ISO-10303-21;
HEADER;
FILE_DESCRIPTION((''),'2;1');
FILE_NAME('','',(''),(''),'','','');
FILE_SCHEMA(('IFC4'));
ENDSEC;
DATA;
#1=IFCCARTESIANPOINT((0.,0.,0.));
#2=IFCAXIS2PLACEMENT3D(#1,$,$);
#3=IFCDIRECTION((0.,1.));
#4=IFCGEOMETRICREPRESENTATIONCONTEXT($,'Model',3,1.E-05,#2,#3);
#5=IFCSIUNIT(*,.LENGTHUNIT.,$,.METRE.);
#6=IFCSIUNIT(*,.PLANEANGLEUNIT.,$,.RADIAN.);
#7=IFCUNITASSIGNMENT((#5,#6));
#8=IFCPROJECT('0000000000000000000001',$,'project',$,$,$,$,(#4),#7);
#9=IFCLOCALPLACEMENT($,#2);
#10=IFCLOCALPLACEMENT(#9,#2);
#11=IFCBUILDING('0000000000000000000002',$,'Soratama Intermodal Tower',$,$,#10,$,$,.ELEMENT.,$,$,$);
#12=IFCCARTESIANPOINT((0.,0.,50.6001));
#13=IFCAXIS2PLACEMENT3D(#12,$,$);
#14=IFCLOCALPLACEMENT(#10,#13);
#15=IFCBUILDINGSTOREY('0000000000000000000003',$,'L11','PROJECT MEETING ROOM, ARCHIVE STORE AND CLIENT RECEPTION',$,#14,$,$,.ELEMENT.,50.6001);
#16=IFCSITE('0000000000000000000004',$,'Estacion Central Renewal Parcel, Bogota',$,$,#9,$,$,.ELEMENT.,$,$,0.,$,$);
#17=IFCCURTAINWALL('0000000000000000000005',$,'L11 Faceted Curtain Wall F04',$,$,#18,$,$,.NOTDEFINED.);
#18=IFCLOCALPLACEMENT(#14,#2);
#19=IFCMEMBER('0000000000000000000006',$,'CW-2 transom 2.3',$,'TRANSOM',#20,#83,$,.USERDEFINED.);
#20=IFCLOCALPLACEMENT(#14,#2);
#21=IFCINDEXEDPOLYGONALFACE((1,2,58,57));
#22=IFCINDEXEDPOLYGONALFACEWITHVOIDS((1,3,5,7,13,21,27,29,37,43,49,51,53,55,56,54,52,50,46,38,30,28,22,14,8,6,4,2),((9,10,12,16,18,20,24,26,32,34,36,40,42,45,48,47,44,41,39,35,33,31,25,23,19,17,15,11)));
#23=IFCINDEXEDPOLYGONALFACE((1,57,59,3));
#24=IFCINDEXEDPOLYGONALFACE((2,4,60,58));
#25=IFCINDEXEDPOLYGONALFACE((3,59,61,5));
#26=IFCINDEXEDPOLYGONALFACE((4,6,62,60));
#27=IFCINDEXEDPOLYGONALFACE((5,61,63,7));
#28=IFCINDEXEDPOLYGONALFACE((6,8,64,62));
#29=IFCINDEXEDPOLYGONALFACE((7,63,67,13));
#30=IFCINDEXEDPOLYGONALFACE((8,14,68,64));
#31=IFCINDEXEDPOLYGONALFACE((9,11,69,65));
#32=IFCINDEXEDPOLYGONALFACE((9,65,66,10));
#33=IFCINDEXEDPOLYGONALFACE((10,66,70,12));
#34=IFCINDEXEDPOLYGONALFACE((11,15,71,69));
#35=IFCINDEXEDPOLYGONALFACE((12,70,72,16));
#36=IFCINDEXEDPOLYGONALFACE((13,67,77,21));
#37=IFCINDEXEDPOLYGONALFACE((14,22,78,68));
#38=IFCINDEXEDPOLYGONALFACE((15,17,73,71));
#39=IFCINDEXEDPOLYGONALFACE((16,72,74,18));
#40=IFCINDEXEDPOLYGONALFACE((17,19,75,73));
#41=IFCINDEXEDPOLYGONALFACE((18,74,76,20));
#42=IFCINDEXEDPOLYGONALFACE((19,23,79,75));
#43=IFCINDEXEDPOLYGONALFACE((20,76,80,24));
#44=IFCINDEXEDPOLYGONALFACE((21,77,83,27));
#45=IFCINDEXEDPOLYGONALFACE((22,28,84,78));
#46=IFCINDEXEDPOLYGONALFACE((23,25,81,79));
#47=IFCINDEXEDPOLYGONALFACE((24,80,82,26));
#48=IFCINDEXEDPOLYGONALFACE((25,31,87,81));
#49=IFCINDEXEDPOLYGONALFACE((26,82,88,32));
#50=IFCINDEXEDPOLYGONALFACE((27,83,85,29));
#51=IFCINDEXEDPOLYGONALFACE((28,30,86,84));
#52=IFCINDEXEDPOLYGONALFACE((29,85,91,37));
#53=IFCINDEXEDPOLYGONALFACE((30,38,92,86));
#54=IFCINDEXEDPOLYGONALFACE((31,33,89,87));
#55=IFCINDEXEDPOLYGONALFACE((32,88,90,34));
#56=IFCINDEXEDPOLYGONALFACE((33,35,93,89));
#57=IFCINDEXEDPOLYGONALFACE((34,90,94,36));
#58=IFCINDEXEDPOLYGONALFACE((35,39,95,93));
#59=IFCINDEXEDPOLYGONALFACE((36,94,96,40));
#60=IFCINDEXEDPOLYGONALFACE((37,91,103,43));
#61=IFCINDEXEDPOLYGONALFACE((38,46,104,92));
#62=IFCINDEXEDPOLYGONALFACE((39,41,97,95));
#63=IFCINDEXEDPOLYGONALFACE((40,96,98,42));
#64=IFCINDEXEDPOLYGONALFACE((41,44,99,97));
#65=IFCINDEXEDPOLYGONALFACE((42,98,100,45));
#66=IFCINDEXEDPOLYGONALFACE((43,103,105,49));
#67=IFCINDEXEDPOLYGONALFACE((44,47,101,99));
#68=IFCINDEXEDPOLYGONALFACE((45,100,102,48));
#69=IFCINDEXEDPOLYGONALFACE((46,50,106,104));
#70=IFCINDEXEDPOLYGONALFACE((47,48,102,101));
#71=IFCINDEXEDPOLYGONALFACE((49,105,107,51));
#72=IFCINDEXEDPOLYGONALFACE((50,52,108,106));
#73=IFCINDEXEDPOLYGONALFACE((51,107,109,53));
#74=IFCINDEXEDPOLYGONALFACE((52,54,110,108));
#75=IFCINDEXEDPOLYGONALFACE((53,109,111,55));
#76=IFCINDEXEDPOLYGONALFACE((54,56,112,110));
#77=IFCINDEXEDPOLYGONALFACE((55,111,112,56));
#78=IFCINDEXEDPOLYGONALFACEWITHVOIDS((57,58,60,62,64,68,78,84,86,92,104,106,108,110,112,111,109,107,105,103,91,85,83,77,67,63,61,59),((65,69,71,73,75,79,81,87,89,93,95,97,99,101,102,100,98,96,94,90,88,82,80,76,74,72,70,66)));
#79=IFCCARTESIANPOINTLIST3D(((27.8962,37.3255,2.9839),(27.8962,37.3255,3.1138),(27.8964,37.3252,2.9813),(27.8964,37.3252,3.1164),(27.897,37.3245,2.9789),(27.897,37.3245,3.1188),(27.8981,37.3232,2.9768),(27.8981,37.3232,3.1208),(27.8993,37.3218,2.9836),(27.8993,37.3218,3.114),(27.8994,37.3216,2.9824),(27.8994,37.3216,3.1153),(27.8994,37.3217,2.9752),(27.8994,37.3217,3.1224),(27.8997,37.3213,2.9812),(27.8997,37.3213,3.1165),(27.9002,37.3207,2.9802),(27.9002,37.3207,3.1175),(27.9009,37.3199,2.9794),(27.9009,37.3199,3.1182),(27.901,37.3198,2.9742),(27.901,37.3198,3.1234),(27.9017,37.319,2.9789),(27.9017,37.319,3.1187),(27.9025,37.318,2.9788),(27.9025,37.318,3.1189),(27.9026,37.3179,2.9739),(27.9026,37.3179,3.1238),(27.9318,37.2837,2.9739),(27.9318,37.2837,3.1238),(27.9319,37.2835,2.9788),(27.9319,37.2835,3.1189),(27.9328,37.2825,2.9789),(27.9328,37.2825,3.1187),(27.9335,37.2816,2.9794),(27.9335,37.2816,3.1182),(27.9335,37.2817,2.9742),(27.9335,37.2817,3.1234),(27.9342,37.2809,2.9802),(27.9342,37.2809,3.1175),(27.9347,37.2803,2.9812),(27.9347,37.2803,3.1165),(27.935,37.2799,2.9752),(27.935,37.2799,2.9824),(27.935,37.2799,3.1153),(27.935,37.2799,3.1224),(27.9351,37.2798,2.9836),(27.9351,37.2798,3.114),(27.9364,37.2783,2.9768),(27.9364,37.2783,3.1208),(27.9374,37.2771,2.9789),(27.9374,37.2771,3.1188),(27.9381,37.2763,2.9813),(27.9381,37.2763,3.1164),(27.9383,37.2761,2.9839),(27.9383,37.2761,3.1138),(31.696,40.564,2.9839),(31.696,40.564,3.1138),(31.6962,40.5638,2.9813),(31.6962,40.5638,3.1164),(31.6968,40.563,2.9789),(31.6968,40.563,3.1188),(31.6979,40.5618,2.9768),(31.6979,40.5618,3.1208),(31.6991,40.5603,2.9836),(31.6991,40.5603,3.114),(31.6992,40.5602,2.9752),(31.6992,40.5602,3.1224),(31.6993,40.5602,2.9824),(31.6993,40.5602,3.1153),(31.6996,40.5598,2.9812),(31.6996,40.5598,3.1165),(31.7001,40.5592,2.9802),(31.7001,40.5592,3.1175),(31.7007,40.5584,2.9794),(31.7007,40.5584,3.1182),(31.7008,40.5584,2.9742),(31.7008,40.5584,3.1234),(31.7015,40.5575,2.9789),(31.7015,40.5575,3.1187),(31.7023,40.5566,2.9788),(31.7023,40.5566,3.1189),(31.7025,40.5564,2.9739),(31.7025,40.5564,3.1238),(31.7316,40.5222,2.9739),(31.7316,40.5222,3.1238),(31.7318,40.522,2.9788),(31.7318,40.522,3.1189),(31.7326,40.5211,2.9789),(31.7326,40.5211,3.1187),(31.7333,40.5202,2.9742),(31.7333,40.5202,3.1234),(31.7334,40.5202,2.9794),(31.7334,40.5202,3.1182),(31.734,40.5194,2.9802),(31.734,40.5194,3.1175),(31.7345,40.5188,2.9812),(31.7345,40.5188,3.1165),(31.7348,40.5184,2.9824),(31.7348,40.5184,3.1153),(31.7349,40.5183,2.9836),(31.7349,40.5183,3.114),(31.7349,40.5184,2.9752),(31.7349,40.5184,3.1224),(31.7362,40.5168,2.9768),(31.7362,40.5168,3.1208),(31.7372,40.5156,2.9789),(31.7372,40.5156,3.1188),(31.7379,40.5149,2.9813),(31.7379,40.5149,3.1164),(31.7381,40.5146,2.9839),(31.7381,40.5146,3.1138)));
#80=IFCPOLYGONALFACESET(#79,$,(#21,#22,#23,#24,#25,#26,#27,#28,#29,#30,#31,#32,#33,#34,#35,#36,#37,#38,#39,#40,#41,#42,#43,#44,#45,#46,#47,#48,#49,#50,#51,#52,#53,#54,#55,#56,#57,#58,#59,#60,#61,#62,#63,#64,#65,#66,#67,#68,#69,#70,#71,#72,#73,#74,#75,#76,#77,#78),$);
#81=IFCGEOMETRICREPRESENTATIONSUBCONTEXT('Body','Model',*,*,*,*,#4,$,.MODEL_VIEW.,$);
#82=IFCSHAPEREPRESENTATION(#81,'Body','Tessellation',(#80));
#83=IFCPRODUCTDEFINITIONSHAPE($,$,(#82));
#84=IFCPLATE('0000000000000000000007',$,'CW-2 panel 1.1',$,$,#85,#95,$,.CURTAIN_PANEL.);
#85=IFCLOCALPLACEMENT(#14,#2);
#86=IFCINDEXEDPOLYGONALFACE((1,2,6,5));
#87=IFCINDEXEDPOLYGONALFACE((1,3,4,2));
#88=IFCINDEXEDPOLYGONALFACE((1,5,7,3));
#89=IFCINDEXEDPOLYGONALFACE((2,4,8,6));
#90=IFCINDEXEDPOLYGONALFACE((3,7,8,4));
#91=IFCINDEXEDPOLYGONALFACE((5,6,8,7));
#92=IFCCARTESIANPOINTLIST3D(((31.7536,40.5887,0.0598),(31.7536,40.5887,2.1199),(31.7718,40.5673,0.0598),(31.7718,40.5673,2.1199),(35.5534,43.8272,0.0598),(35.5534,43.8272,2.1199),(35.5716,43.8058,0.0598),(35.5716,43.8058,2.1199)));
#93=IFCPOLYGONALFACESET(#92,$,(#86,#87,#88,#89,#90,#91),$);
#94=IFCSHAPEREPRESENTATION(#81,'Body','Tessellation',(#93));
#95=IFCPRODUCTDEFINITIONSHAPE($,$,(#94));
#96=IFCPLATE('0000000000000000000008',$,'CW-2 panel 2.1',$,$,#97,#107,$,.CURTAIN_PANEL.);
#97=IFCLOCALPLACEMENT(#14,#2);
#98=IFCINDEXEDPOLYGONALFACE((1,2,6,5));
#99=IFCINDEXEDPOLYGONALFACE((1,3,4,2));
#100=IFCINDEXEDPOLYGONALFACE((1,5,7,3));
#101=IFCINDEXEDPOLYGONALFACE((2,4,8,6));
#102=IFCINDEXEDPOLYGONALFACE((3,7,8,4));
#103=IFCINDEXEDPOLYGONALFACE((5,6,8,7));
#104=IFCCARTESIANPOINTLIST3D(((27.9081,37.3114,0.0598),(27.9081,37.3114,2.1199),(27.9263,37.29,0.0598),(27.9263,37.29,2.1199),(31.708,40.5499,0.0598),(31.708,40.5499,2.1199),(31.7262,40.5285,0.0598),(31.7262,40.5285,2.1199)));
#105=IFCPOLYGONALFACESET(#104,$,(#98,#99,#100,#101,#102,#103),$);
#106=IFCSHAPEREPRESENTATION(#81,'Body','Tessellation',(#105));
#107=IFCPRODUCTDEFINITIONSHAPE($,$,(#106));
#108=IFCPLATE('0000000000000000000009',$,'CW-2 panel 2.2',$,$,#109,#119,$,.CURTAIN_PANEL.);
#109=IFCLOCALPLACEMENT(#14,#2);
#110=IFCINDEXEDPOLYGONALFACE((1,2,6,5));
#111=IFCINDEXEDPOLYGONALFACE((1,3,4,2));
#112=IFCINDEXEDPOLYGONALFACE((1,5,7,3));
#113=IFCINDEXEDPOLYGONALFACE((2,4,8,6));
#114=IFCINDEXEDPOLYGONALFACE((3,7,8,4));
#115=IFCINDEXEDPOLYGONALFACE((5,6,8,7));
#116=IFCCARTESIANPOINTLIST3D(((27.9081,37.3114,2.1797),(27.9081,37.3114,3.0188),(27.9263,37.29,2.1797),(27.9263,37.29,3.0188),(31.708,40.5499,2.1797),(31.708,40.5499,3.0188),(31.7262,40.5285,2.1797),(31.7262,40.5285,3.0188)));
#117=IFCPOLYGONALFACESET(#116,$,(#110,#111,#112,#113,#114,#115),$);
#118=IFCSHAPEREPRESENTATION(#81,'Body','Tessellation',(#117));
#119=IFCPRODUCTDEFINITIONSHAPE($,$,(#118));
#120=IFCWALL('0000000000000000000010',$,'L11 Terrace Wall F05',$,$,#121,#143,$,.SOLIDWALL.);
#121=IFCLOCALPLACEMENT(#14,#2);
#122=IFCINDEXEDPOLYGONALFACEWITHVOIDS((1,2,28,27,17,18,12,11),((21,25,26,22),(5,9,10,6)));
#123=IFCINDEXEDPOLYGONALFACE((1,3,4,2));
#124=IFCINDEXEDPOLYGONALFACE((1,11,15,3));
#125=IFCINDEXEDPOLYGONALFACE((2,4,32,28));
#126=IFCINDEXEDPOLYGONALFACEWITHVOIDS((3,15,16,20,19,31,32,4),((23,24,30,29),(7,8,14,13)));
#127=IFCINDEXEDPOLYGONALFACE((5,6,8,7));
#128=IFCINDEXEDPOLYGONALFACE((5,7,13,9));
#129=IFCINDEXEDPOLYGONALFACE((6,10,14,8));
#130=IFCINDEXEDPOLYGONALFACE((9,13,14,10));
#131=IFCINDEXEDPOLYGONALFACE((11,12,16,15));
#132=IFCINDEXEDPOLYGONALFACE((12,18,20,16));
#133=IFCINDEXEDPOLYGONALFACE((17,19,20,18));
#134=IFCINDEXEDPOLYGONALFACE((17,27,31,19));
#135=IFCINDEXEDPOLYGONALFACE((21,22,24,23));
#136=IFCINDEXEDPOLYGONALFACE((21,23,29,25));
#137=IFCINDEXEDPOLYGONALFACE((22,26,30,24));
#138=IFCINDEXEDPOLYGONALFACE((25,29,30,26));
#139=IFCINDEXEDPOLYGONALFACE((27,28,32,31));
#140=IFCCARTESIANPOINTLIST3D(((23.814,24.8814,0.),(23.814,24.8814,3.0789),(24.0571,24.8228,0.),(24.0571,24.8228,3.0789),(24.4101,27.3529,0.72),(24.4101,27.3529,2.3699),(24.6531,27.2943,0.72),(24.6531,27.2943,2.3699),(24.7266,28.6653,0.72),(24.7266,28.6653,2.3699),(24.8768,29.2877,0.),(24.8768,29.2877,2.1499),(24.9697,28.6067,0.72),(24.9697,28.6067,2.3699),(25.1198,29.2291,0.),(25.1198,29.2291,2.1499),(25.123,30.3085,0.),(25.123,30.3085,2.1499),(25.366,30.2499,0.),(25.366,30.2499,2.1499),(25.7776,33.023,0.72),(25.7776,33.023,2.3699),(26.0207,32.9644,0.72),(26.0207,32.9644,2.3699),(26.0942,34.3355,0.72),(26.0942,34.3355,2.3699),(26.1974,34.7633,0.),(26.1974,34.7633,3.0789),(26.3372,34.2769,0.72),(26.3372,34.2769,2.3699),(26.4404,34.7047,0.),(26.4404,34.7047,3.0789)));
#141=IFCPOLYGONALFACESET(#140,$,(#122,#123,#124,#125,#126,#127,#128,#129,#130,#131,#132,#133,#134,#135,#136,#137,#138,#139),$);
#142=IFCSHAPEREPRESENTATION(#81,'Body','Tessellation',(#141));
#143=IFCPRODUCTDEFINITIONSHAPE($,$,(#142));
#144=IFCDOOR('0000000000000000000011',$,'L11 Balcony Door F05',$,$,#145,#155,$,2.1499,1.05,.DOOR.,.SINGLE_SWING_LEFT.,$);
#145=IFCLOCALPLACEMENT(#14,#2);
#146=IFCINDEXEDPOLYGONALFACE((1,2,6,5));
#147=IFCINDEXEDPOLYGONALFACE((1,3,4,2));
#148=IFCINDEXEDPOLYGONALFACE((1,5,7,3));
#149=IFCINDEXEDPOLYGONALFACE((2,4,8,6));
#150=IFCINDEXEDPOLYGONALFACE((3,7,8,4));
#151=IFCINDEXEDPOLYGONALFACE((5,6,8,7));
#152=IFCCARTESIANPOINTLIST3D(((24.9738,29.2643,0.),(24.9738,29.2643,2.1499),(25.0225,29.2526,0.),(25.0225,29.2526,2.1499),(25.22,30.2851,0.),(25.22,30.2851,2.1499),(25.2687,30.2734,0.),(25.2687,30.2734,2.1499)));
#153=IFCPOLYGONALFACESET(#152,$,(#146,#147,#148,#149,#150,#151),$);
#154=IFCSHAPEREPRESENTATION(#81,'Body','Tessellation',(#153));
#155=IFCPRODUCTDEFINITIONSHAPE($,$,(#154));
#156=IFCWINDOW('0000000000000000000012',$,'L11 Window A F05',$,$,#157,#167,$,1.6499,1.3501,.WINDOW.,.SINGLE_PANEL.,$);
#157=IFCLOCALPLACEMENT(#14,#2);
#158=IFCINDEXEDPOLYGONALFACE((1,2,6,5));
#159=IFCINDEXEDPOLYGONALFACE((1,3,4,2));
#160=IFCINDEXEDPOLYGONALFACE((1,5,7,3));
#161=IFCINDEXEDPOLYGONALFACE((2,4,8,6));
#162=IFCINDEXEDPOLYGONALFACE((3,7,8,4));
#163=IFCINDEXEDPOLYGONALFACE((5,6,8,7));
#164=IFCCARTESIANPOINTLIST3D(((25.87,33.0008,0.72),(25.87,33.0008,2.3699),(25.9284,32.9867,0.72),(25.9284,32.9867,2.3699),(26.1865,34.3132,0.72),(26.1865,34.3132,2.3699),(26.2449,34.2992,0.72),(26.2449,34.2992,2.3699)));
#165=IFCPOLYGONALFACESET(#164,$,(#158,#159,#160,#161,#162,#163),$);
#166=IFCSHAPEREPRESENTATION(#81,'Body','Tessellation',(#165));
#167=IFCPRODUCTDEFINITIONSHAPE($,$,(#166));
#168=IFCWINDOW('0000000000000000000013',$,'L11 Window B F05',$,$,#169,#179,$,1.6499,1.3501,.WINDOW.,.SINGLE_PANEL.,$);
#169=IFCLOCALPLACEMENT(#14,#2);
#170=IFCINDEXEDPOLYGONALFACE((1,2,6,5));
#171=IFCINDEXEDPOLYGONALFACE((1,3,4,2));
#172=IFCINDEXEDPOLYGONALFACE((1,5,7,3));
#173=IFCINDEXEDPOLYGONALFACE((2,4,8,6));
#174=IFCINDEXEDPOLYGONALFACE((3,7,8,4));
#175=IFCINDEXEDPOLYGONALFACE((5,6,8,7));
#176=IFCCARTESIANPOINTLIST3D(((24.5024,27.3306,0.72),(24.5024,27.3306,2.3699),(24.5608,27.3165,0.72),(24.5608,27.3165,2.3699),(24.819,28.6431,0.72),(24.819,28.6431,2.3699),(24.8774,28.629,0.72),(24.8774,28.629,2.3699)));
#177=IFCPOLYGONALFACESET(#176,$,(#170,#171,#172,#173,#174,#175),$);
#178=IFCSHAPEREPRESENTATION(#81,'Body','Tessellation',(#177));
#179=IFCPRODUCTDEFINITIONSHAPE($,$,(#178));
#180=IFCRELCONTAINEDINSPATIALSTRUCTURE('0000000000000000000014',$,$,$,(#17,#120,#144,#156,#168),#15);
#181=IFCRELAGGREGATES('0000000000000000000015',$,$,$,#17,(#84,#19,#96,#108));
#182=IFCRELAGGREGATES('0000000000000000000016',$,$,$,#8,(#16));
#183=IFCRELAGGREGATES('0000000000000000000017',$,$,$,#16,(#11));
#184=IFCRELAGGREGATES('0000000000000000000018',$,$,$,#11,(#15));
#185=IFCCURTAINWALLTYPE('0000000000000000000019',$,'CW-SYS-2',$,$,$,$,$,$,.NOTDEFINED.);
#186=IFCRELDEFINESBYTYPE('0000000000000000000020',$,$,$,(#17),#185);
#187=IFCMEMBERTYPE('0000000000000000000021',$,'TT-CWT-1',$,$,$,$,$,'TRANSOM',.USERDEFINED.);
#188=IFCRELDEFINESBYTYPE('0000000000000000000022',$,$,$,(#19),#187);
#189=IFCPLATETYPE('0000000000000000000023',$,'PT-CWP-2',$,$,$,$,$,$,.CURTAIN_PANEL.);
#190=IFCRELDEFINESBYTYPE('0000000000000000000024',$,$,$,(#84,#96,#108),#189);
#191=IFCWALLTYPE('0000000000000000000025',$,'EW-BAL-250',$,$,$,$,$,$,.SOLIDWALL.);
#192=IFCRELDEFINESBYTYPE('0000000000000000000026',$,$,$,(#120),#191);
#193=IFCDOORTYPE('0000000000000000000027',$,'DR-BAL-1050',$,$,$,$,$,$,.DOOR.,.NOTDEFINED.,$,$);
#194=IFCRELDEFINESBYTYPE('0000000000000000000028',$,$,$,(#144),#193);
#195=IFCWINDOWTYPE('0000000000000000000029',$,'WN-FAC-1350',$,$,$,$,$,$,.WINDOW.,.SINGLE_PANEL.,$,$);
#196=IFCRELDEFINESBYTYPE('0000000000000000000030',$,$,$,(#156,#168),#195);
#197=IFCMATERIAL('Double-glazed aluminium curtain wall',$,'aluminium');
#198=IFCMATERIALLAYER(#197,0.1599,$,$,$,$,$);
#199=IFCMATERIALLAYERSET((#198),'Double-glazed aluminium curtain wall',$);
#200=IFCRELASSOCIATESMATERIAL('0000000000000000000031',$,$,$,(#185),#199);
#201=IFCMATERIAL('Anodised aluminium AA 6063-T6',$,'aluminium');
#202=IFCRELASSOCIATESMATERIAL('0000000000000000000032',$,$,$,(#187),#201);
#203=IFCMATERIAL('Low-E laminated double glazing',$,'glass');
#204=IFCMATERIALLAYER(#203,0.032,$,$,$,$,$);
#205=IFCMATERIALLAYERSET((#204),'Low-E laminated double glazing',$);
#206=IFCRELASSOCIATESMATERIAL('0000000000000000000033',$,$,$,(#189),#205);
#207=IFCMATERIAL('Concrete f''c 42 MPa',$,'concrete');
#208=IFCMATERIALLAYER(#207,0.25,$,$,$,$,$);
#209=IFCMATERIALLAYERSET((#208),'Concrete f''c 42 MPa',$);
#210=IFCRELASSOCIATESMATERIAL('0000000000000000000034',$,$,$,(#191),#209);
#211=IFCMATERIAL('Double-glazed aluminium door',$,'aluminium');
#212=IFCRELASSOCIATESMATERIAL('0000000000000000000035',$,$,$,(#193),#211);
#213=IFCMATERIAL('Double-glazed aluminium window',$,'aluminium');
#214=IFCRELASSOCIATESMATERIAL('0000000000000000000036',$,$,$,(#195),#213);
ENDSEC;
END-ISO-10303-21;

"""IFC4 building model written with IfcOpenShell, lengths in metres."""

from ifc_helpers import new_model, si_unit, direction, frame, frame_2d, origin, origin_2d, place, context, subcontext, project, spatial, rectangle, hollow_rectangle, extrude, material, layer, layer_set, material_profile, profile_set, type_object, element, fill, aggregate, save


model = new_model("IFC4")

# Units and contexts
model_context = context("Model", 3, precision=1e-05, world=origin(), true_north=direction((0.0, 1.0)))
body_context = subcontext(model_context, "Body", "Model", "MODEL_VIEW")
ifc_project = project(units=[si_unit("LENGTHUNIT", "METRE"), si_unit("PLANEANGLEUNIT", "RADIAN")], contexts=[model_context])

# Site, building, storey
site_placement = place(None, origin())
site = spatial("IfcSite", under=ifc_project, at=site_placement, Name="Estacion Central Renewal Parcel, Bogota", CompositionType="ELEMENT", RefElevation=0.0)
building_placement = place(site_placement, origin())
building = spatial("IfcBuilding", under=site, at=building_placement, Name="Soratama Intermodal Tower", CompositionType="ELEMENT")
storey_placement = place(building_placement, frame((0.0, 0.0, 50.6001)))
storey = spatial("IfcBuildingStorey", under=building, at=storey_placement, Name="L11", Description="PROJECT MEETING ROOM, ARCHIVE STORE AND CLIENT RECEPTION", CompositionType="ELEMENT", Elevation=50.6001)

# Curtain wall, member, plates
ifc_material_1 = material(Name="Double-glazed aluminium curtain wall", Category="aluminium")
ifc_layer_1 = layer(ifc_material_1, 0.1599)
ifc_layer_set_1 = layer_set([ifc_layer_1], Name="Double-glazed aluminium curtain wall")
curtain_wall_type = type_object("IfcCurtainWallType", Name="CW-SYS-2", PredefinedType="NOTDEFINED", material=ifc_layer_set_1)
curtain_wall_placement = place(storey_placement, origin())
curtain_wall = element("IfcCurtainWall", 1, at=curtain_wall_placement, inside=storey, type_object=curtain_wall_type, Name="L11 Faceted Curtain Wall F04", PredefinedType="NOTDEFINED")
ifc_material_2 = material(Name="Anodised aluminium AA 6063-T6", Category="aluminium")
ifc_material_profile_1 = material_profile(ifc_material_2, hollow_rectangle(XDim=0.0649, YDim=0.1499, WallThickness=0.0049, InnerFilletRadius=0.0049, OuterFilletRadius=0.01, at=origin_2d()), Name="CWT150X65X5")
ifc_profile_set_1 = profile_set([ifc_material_profile_1], Name="Anodised aluminium AA 6063-T6")
member_type_1 = type_object("IfcMemberType", Name="TT-CWT-1", ElementType="TRANSOM", PredefinedType="USERDEFINED", material=ifc_profile_set_1)
member_1_placement = place(storey_placement, frame((31.717, 40.5393, 3.0488), z_axis=(-0.76108, -0.648658, 0.0), x_axis=(0.648658, -0.76108, 0.0)))
member_1 = element("IfcMember", 2, at=member_1_placement, type_object=member_type_1, Name="CW-2 transom 2.3", ObjectType="TRANSOM", PredefinedType="USERDEFINED", context=body_context, shape_type="SweptSolid", body=[
    extrude(hollow_rectangle(XDim=0.0649, YDim=0.1499, WallThickness=0.0049, InnerFilletRadius=0.0049, OuterFilletRadius=0.01, at=origin_2d()), origin(), (0.0, 0.0, 1.0), 4.9927),
])
ifc_material_3 = material(Name="Low-E laminated double glazing", Category="glass")
ifc_layer_2 = layer(ifc_material_3, 0.032)
ifc_layer_set_2 = layer_set([ifc_layer_2], Name="Low-E laminated double glazing")
plate_type = type_object("IfcPlateType", Name="PT-CWP-2", PredefinedType="CURTAIN_PANEL", material=ifc_layer_set_2)
plate_1_placement = place(storey_placement, frame((33.6626, 42.1973, 0.0598), z_axis=(0.0, 0.0, 1.0), x_axis=(-0.761085, -0.648652, 0.0)))
plate_1 = element("IfcPlate", 3, at=plate_1_placement, type_object=plate_type, Name="CW-2 panel 1.1", PredefinedType="CURTAIN_PANEL", context=body_context, shape_type="SweptSolid", body=[
    extrude(rectangle(XDim=4.9927, YDim=0.0281, at=origin_2d()), origin(), (0.0, 0.0, 1.0), 2.0601),
])
plate_2_placement = place(storey_placement, frame((29.8171, 38.9199, 0.0598), z_axis=(0.0, 0.0, 1.0), x_axis=(-0.761085, -0.648652, 0.0)))
plate_2 = element("IfcPlate", 4, at=plate_2_placement, type_object=plate_type, Name="CW-2 panel 2.1", PredefinedType="CURTAIN_PANEL", context=body_context, shape_type="SweptSolid", body=[
    extrude(rectangle(XDim=4.9927, YDim=0.0281, at=origin_2d()), origin(), (0.0, 0.0, 1.0), 2.0601),
])
plate_3_placement = place(storey_placement, frame((29.8171, 38.9199, 2.1797), z_axis=(0.0, 0.0, 1.0), x_axis=(-0.761085, -0.648652, 0.0)))
plate_3 = element("IfcPlate", 5, at=plate_3_placement, type_object=plate_type, Name="CW-2 panel 2.2", PredefinedType="CURTAIN_PANEL", context=body_context, shape_type="SweptSolid", body=[
    extrude(rectangle(XDim=4.9927, YDim=0.0281, at=origin_2d()), origin(), (0.0, 0.0, 1.0), 0.8391),
])
aggregate(curtain_wall, [plate_1, member_1, plate_2, plate_3])

# Wall, openings, door, windows
ifc_material_4 = material(Name="Concrete f'c 42 MPa", Category="concrete")
ifc_layer_3 = layer(ifc_material_4, 0.25)
ifc_layer_set_3 = layer_set([ifc_layer_3], Name="Concrete f'c 42 MPa")
wall_type_1 = type_object("IfcWallType", Name="EW-BAL-250", PredefinedType="SOLIDWALL", material=ifc_layer_set_3)
wall_1_placement = place(storey_placement, frame((26.3188, 34.7339, 0.0), z_axis=(0.0, 0.0, 1.0), x_axis=(-0.234457, -0.972126, 0.0)))
wall_1 = element("IfcWall", 6, at=wall_1_placement, inside=storey, type_object=wall_type_1, Name="L11 Terrace Wall F05", PredefinedType="SOLIDWALL", context=body_context, shape_type="SweptSolid", body=[
    extrude(rectangle(XDim=10.1653, YDim=0.25, at=frame_2d((5.0825, 0.0))), origin(), (0.0, 0.0, 1.0), 3.0789),
])
opening_1_placement = place(wall_1_placement, frame((4.5825, 0.0, 0.0)))
opening_1 = element("IfcOpeningElement", 7, at=opening_1_placement, cuts=wall_1, PredefinedType="OPENING", context=body_context, shape_type="SweptSolid", body=[
    extrude(rectangle(XDim=1.05, YDim=2.1499, at=frame_2d((0.5249, 1.075))), frame((0.0, 0.135, 0.0), z_axis=(0.0, -1.0, 0.0), x_axis=(1.0, 0.0, 0.0)), (0.0, 0.0, 1.0), 0.27),
])
opening_2_placement = place(wall_1_placement, frame((0.4399, 0.0, 0.72)))
opening_2 = element("IfcOpeningElement", 8, at=opening_2_placement, cuts=wall_1, PredefinedType="OPENING", context=body_context, shape_type="SweptSolid", body=[
    extrude(rectangle(XDim=1.3501, YDim=1.6499, at=frame_2d((0.675, 0.825))), frame((0.0, 0.135, 0.0), z_axis=(0.0, -1.0, 0.0), x_axis=(1.0, 0.0, 0.0)), (0.0, 0.0, 1.0), 0.27),
])
opening_3_placement = place(wall_1_placement, frame((6.2727, 0.0, 0.72)))
opening_3 = element("IfcOpeningElement", 9, at=opening_3_placement, cuts=wall_1, PredefinedType="OPENING", context=body_context, shape_type="SweptSolid", body=[
    extrude(rectangle(XDim=1.3501, YDim=1.6499, at=frame_2d((0.675, 0.825))), frame((0.0, 0.135, 0.0), z_axis=(0.0, -1.0, 0.0), x_axis=(1.0, 0.0, 0.0)), (0.0, 0.0, 1.0), 0.27),
])
ifc_material_5 = material(Name="Double-glazed aluminium door", Category="aluminium")
door_type_1 = type_object("IfcDoorType", Name="DR-BAL-1050", OperationType="NOTDEFINED", PredefinedType="DOOR", material=ifc_material_5)
door_1_placement = place(opening_1_placement, origin())
door_1 = element("IfcDoor", 10, at=door_1_placement, inside=storey, type_object=door_type_1, Name="L11 Balcony Door F05", OperationType="SINGLE_SWING_LEFT", OverallHeight=2.1499, OverallWidth=1.05, PredefinedType="DOOR", context=body_context, shape_type="SweptSolid", body=[
    extrude(rectangle(XDim=1.05, YDim=2.1499, at=frame_2d((0.5249, 1.075))), frame((0.0, 0.0249, 0.0), z_axis=(0.0, -1.0, 0.0), x_axis=(1.0, 0.0, 0.0)), (0.0, 0.0, 1.0), 0.05),
])
fill(opening_1, door_1)
ifc_material_6 = material(Name="Double-glazed aluminium window", Category="aluminium")
window_type_1 = type_object("IfcWindowType", Name="WN-FAC-1350", PartitioningType="SINGLE_PANEL", PredefinedType="WINDOW", material=ifc_material_6)
window_1_placement = place(opening_2_placement, origin())
window_1 = element("IfcWindow", 11, at=window_1_placement, inside=storey, type_object=window_type_1, Name="L11 Window A F05", OverallHeight=1.6499, OverallWidth=1.3501, PartitioningType="SINGLE_PANEL", PredefinedType="WINDOW", context=body_context, shape_type="SweptSolid", body=[
    extrude(rectangle(XDim=1.3501, YDim=1.6499, at=frame_2d((0.675, 0.825))), frame((0.0, 0.03, 0.0), z_axis=(0.0, -1.0, 0.0), x_axis=(1.0, 0.0, 0.0)), (0.0, 0.0, 1.0), 0.0601),
])
fill(opening_2, window_1)
window_2_placement = place(opening_3_placement, origin())
window_2 = element("IfcWindow", 12, at=window_2_placement, inside=storey, type_object=window_type_1, Name="L11 Window B F05", OverallHeight=1.6499, OverallWidth=1.3501, PartitioningType="SINGLE_PANEL", PredefinedType="WINDOW", context=body_context, shape_type="SweptSolid", body=[
    extrude(rectangle(XDim=1.3501, YDim=1.6499, at=frame_2d((0.675, 0.825))), frame((0.0, 0.03, 0.0), z_axis=(0.0, -1.0, 0.0), x_axis=(1.0, 0.0, 0.0)), (0.0, 0.0, 1.0), 0.0601),
])
fill(opening_3, window_2)

save(model, "model.ifc")
